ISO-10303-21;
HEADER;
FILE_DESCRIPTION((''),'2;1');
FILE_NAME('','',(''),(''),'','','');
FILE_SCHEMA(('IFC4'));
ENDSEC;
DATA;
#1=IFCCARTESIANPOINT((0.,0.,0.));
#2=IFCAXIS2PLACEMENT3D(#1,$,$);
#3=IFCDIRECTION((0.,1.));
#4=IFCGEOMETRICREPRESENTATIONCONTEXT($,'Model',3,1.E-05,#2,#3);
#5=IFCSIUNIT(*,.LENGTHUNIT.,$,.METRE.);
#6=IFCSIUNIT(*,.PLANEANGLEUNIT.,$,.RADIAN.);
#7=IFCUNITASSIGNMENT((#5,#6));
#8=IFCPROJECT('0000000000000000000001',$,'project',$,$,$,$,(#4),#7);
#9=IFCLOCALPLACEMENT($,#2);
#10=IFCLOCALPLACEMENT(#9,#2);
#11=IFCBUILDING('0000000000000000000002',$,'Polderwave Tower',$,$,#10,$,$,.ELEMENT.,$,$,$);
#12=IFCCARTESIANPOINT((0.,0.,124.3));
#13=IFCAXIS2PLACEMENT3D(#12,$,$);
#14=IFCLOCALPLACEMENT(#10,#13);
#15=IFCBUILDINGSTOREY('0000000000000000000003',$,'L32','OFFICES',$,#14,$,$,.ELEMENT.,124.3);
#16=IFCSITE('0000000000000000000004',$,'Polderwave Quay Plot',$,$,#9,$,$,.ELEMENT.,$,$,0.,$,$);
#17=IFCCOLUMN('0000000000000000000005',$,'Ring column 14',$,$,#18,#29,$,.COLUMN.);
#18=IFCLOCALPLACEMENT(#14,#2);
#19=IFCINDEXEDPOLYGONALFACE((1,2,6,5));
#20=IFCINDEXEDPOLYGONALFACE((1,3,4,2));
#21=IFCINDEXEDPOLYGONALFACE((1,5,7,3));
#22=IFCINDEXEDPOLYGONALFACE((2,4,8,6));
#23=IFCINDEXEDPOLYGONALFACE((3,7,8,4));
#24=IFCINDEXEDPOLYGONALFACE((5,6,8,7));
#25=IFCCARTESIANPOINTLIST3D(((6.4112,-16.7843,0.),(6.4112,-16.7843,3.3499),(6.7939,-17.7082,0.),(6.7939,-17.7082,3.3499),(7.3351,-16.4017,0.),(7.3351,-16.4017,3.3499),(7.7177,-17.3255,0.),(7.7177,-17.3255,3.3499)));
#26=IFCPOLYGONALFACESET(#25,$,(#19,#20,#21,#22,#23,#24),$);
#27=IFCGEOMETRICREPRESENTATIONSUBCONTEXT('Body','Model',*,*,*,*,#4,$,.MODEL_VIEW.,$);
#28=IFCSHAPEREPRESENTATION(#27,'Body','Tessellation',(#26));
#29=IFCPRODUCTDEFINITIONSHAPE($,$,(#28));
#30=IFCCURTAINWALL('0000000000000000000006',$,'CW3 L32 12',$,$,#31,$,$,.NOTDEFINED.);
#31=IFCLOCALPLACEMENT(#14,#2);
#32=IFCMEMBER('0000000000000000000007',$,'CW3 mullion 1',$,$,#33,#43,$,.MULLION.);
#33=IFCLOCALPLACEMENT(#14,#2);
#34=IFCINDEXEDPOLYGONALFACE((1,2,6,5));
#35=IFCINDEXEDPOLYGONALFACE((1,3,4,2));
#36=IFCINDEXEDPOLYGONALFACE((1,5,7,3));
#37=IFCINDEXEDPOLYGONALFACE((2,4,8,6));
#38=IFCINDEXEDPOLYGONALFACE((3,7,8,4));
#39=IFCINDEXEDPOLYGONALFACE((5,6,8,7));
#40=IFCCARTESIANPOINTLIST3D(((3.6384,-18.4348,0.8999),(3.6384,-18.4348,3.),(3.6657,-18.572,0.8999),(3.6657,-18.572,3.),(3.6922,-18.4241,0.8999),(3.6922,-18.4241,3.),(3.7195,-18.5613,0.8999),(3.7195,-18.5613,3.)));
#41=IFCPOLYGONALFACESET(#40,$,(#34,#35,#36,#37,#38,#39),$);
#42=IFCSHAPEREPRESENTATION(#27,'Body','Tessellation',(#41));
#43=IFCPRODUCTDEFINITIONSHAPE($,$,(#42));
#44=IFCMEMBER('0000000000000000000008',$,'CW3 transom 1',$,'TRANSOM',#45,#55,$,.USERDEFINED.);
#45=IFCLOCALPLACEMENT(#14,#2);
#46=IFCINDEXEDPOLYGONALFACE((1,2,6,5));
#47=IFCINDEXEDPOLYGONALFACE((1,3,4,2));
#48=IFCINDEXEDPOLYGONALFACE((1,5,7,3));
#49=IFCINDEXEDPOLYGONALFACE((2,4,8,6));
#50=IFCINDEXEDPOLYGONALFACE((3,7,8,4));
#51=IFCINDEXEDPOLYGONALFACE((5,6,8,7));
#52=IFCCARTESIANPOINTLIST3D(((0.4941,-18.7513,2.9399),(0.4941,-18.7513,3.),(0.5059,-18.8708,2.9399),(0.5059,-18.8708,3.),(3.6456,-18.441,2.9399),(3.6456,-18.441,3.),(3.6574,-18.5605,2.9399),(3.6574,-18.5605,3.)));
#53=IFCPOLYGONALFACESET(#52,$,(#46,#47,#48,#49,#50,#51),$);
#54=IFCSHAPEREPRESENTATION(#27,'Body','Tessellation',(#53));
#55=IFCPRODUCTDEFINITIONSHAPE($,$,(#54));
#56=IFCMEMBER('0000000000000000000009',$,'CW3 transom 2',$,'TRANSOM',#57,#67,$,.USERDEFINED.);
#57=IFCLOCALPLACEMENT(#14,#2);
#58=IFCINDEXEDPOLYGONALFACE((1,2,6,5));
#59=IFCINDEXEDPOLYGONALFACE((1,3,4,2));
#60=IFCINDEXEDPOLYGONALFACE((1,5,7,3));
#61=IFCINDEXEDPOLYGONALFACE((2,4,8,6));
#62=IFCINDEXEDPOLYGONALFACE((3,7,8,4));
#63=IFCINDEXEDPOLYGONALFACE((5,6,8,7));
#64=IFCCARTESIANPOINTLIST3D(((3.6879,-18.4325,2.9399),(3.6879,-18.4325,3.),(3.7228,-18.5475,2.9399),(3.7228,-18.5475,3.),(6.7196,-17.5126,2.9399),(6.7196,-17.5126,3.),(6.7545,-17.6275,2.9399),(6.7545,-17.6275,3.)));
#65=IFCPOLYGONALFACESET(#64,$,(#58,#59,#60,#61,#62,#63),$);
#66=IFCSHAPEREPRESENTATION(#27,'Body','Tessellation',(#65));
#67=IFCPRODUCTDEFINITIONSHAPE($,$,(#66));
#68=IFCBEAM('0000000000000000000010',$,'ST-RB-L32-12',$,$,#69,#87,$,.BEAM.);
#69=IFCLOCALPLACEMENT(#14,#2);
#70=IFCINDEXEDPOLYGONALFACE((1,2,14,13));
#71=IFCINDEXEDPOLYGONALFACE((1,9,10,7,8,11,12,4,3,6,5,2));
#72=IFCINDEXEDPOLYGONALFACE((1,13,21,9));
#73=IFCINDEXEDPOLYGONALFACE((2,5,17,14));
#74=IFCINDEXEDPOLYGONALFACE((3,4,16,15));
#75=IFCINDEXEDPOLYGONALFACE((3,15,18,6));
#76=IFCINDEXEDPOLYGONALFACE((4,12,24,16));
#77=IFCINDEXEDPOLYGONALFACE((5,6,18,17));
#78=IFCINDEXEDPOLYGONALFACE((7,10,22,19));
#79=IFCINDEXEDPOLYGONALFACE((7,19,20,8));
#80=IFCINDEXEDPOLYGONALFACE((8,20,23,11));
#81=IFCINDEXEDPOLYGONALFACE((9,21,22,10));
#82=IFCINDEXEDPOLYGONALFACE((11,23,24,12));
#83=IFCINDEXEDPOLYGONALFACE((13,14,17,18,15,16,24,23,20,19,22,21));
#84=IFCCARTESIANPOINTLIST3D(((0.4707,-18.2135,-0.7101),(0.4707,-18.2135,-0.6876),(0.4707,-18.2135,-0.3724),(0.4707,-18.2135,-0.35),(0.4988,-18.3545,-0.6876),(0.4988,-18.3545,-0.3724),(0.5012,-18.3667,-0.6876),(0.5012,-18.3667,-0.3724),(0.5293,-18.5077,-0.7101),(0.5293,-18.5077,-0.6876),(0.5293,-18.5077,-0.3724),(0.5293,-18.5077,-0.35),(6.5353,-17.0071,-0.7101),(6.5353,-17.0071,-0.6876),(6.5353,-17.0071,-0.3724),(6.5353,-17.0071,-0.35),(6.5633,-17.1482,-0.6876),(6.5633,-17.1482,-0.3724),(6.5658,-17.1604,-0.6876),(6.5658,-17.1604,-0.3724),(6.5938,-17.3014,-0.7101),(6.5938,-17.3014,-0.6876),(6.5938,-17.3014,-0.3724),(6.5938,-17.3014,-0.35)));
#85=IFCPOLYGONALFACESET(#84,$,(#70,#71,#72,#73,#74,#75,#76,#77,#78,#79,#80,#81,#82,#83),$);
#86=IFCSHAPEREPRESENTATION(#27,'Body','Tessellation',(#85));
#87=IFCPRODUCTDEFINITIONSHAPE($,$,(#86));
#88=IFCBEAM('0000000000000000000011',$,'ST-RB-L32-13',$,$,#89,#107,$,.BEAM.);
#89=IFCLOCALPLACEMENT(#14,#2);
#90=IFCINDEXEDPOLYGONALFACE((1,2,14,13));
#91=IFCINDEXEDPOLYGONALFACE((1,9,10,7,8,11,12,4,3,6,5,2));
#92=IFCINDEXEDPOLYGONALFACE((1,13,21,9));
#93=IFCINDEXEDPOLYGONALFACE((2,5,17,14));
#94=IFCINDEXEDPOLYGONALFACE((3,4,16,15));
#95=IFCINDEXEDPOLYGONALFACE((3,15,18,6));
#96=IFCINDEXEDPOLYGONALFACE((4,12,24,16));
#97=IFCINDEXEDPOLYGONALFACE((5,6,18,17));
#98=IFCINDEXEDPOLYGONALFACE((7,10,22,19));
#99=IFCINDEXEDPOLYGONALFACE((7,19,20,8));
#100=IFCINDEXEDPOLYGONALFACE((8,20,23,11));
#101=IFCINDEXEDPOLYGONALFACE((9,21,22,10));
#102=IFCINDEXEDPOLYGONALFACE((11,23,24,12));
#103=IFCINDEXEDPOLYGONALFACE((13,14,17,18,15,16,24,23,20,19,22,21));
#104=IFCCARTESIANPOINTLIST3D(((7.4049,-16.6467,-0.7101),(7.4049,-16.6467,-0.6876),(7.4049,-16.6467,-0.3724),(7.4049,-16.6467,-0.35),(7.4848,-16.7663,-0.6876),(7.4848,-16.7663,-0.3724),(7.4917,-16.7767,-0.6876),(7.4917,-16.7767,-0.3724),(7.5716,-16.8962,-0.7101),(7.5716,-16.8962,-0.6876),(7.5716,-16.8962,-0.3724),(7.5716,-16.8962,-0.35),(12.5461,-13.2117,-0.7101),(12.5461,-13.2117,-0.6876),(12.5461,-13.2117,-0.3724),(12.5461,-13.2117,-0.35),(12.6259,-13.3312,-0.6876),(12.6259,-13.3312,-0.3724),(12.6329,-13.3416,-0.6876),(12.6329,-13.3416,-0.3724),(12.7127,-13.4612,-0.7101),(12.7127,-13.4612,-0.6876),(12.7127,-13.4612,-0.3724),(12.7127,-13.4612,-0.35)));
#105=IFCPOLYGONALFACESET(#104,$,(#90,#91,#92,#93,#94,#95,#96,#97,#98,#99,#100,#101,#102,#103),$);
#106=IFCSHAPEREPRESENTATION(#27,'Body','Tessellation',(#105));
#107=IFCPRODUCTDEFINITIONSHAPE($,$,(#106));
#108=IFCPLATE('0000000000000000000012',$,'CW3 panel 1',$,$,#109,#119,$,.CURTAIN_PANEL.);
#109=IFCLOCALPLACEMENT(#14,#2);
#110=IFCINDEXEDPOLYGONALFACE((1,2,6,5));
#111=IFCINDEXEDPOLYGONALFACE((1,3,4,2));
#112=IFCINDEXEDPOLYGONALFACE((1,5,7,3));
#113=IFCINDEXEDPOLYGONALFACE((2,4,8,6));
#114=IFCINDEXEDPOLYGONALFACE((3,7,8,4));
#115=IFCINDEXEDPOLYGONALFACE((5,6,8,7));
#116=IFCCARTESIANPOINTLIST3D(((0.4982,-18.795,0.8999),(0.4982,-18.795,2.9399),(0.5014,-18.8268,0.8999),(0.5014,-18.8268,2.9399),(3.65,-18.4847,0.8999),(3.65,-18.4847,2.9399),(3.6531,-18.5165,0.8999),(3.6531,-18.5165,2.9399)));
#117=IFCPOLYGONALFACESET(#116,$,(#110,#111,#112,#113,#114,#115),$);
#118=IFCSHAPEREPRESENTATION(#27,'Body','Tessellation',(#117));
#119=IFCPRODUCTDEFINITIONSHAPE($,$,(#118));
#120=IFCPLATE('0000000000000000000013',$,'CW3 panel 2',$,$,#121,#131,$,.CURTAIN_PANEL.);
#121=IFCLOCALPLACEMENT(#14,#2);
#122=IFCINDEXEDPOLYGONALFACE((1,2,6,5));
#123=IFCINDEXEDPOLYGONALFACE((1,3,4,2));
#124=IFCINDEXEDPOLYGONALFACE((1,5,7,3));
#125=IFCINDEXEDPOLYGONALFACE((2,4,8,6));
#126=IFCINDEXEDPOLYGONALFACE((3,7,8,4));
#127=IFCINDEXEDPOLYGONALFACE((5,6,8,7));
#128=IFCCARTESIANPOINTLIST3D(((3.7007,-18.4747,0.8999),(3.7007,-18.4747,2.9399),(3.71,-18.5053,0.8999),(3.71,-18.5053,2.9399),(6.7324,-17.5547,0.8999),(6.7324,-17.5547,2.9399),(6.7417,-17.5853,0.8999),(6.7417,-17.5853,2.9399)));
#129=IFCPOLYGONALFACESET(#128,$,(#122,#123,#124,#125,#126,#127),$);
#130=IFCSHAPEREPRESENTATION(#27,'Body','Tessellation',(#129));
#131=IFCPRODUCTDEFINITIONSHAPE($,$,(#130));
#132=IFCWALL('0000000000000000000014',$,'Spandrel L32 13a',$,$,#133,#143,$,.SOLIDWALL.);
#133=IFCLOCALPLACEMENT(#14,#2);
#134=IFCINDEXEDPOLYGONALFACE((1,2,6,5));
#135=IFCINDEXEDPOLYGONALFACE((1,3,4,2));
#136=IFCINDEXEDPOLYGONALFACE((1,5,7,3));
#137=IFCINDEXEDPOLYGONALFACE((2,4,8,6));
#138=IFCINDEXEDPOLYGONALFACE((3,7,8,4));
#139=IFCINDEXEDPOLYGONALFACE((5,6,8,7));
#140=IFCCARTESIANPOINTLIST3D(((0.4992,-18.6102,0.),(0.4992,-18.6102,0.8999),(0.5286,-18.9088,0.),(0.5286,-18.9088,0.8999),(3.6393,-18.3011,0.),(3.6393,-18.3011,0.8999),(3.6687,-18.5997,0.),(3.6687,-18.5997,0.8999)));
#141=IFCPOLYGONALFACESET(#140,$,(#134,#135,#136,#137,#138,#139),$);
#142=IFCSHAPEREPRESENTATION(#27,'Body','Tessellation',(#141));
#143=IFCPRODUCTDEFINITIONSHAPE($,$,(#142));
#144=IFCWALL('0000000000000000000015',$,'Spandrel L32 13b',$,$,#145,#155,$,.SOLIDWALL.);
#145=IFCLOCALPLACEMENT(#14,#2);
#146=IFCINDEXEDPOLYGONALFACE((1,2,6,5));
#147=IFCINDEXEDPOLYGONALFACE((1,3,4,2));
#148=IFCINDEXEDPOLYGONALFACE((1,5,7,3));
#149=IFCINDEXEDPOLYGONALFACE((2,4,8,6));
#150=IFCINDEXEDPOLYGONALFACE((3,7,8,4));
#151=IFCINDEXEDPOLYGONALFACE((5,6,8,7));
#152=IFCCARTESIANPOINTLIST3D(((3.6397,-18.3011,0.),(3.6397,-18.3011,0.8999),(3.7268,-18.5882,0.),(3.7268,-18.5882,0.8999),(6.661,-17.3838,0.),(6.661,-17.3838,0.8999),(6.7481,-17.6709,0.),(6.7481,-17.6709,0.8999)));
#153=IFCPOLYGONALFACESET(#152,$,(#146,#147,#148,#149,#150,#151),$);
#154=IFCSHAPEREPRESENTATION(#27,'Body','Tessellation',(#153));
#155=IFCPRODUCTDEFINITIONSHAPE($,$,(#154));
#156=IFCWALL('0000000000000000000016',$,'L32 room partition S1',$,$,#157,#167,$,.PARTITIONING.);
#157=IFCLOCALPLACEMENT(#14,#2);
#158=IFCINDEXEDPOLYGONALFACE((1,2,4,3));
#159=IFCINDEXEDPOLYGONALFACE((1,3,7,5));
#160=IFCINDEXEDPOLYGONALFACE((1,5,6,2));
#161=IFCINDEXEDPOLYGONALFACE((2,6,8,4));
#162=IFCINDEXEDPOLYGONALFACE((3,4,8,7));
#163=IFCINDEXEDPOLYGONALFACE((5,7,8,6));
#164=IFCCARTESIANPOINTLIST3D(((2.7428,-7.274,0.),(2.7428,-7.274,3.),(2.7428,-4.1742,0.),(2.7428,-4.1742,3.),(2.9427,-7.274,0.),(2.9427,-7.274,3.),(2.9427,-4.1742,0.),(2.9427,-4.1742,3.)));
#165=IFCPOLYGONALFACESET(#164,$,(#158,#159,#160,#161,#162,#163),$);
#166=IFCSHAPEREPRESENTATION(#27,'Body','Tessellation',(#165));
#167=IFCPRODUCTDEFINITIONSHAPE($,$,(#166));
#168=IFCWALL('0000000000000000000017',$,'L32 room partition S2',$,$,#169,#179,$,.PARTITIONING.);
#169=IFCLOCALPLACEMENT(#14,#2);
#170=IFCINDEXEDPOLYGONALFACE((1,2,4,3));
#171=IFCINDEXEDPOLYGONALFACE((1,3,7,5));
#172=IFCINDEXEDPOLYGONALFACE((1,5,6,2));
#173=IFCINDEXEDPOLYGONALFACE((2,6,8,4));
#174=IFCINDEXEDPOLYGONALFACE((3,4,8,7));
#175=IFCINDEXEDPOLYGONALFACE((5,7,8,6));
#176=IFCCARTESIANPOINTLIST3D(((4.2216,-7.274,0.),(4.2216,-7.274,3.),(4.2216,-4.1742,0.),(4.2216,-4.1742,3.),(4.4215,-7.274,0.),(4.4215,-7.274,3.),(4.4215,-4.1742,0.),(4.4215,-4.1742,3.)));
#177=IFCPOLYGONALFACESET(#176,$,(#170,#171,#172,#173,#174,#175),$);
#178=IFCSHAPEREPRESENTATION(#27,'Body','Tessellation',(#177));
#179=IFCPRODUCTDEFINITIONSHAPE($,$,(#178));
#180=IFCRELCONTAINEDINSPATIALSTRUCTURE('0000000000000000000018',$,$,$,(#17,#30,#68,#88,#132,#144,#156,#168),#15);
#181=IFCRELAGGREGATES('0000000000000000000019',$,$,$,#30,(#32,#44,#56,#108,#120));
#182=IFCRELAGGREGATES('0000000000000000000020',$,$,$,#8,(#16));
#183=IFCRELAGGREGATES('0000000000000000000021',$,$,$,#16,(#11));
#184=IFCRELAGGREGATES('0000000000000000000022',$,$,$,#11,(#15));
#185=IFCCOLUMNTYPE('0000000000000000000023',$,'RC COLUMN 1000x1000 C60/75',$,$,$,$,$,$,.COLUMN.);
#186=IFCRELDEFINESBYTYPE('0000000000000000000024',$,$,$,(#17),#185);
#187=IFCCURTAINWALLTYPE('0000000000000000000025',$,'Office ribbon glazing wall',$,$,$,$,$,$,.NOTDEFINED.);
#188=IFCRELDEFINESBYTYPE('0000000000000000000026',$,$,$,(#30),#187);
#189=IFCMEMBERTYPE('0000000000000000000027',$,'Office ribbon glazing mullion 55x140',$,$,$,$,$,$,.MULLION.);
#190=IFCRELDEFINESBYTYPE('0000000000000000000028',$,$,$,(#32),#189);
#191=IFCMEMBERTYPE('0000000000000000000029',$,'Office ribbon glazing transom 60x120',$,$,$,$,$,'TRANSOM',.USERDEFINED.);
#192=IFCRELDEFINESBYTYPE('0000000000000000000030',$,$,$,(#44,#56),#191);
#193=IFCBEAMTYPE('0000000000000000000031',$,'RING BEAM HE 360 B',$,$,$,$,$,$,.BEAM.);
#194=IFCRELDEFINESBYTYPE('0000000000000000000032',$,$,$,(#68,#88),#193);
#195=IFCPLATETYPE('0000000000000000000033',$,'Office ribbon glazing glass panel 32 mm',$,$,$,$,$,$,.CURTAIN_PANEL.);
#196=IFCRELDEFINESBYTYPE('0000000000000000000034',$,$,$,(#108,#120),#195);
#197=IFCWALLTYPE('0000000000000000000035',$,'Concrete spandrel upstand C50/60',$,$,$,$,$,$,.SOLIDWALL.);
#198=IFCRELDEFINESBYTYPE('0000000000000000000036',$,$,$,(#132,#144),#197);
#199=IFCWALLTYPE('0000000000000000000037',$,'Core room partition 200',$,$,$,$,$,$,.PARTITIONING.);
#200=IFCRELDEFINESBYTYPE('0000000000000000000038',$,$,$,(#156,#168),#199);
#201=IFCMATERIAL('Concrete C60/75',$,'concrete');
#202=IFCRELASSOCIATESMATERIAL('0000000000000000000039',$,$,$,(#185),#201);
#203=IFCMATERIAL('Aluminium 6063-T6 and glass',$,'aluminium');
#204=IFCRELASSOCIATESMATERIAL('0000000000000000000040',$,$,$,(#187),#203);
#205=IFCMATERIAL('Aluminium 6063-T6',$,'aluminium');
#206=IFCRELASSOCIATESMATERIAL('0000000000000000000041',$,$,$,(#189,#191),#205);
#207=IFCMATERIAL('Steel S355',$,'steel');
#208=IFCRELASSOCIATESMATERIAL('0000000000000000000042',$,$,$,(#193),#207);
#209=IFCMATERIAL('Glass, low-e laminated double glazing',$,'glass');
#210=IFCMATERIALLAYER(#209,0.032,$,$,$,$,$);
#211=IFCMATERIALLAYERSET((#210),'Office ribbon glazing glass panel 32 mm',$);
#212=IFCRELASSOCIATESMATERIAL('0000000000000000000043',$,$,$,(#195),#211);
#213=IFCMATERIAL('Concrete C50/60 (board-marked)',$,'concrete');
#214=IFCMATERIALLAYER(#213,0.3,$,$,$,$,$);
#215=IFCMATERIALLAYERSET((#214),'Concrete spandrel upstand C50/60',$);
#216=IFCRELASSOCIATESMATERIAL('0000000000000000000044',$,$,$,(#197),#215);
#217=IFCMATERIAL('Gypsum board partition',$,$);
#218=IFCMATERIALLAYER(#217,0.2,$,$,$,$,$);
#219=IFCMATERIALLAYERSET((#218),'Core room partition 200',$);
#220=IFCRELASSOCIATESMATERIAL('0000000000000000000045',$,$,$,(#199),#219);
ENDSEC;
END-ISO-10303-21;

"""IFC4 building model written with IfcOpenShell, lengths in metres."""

from ifc_helpers import new_model, si_unit, direction, frame, frame_2d, origin, origin_2d, place, context, subcontext, project, spatial, rectangle, i_section, extrude, material, layer, layer_set, material_profile, profile_set, type_object, element, aggregate, save


model = new_model("IFC4")

# Units and contexts
model_context = context("Model", 3, precision=1e-05, world=origin(), true_north=direction((0.0, 1.0)))
body_context = subcontext(model_context, "Body", "Model", "MODEL_VIEW")
ifc_project = project(units=[si_unit("LENGTHUNIT", "METRE"), si_unit("PLANEANGLEUNIT", "RADIAN")], contexts=[model_context])

# Site, building, storey
site_placement = place(None, origin())
site = spatial("IfcSite", under=ifc_project, at=site_placement, Name="Polderwave Quay Plot", CompositionType="ELEMENT", RefElevation=0.0)
building_placement = place(site_placement, origin())
building = spatial("IfcBuilding", under=site, at=building_placement, Name="Polderwave Tower", CompositionType="ELEMENT")
storey_placement = place(building_placement, frame((0.0, 0.0, 124.3)))
storey = spatial("IfcBuildingStorey", under=building, at=storey_placement, Name="L32", Description="OFFICES", CompositionType="ELEMENT", Elevation=124.3)

# Column
ifc_material_1 = material(Name="Concrete C60/75", Category="concrete")
ifc_material_profile_1 = material_profile(ifc_material_1, rectangle(XDim=1.0, YDim=1.0, at=origin_2d()), Name="RC 1000x1000")
ifc_profile_set_1 = profile_set([ifc_material_profile_1], Name="Concrete C60/75")
column_type = type_object("IfcColumnType", Name="RC COLUMN 1000x1000 C60/75", PredefinedType="COLUMN", material=ifc_profile_set_1)
column_placement = place(storey_placement, frame((7.0645, -17.0549, 0.0), z_axis=(0.0, 0.0, 1.0), x_axis=(0.382683, -0.92388, 0.0)))
element("IfcColumn", 1, at=column_placement, inside=storey, type_object=column_type, Name="Ring column 14", PredefinedType="COLUMN", context=body_context, shape_type="SweptSolid", body=[
    extrude(rectangle(XDim=1.0, YDim=1.0, at=origin_2d()), origin(), (0.0, 0.0, 1.0), 3.3499),
])

# Curtain wall, members
ifc_material_2 = material(Name="Aluminium 6063-T6 and glass", Category="aluminium")
curtain_wall_type = type_object("IfcCurtainWallType", Name="Office ribbon glazing wall", PredefinedType="NOTDEFINED", material=ifc_material_2)
curtain_wall_placement = place(storey_placement, origin())
curtain_wall = element("IfcCurtainWall", 2, at=curtain_wall_placement, inside=storey, type_object=curtain_wall_type, Name="CW3 L32 12", PredefinedType="NOTDEFINED")
ifc_material_3 = material(Name="Aluminium 6063-T6", Category="aluminium")
ifc_material_profile_2 = material_profile(ifc_material_3, rectangle(XDim=0.1399, YDim=0.0549, at=origin_2d()), Name="AL 55x140")
ifc_profile_set_2 = profile_set([ifc_material_profile_2], Name="Aluminium 6063-T6")
member_type_1 = type_object("IfcMemberType", Name="Office ribbon glazing mullion 55x140", PredefinedType="MULLION", material=ifc_profile_set_2)
member_1_placement = place(storey_placement, frame((3.679, -18.498, 0.8999), z_axis=(0.0, 0.0, 1.0), x_axis=(-0.195128, 0.980778, 0.0)))
member_1 = element("IfcMember", 3, at=member_1_placement, type_object=member_type_1, Name="CW3 mullion 1", PredefinedType="MULLION", context=body_context, shape_type="SweptSolid", body=[
    extrude(rectangle(XDim=0.1399, YDim=0.0549, at=origin_2d()), origin(), (0.0, 0.0, 1.0), 2.1001),
])
ifc_material_profile_3 = material_profile(ifc_material_3, rectangle(XDim=0.1201, YDim=0.0601, at=origin_2d()), Name="AL 60x120")
ifc_profile_set_3 = profile_set([ifc_material_profile_3], Name="Aluminium 6063-T6")
member_type_2 = type_object("IfcMemberType", Name="Office ribbon glazing transom 60x120", ElementType="TRANSOM", PredefinedType="USERDEFINED", material=ifc_profile_set_3)
member_2_placement = place(storey_placement, frame((0.5, -18.811, 2.97), z_axis=(0.995188, 0.097985, 0.0), x_axis=(-0.097985, 0.995188, 0.0)))
member_2 = element("IfcMember", 4, at=member_2_placement, type_object=member_type_2, Name="CW3 transom 1", ObjectType="TRANSOM", PredefinedType="USERDEFINED", context=body_context, shape_type="SweptSolid", body=[
    extrude(rectangle(XDim=0.1201, YDim=0.0601, at=origin_2d()), origin(), (0.0, 0.0, 1.0), 3.1667),
])
member_3_placement = place(storey_placement, frame((3.7053, -18.49, 2.97), z_axis=(0.956918, 0.290358, 0.0), x_axis=(-0.290358, 0.956918, 0.0)))
member_3 = element("IfcMember", 5, at=member_3_placement, type_object=member_type_2, Name="CW3 transom 2", ObjectType="TRANSOM", PredefinedType="USERDEFINED", context=body_context, shape_type="SweptSolid", body=[
    extrude(rectangle(XDim=0.1201, YDim=0.0601, at=origin_2d()), origin(), (0.0, 0.0, 1.0), 3.1682),
])

# Beams
ifc_material_4 = material(Name="Steel S355", Category="steel")
ifc_material_profile_4 = material_profile(ifc_material_4, i_section(OverallWidth=0.3, OverallDepth=0.3601, WebThickness=0.0125, FlangeThickness=0.0225, at=origin_2d()), Name="HE 360 B")
ifc_profile_set_4 = profile_set([ifc_material_profile_4], Name="Steel S355")
beam_type = type_object("IfcBeamType", Name="RING BEAM HE 360 B", PredefinedType="BEAM", material=ifc_profile_set_4)
beam_1_placement = place(storey_placement, frame((0.5, -18.3606, -0.53), z_axis=(0.980785, 0.195091, 0.0), x_axis=(-0.195091, 0.980785, 0.0)))
element("IfcBeam", 6, at=beam_1_placement, inside=storey, type_object=beam_type, Name="ST-RB-L32-12", PredefinedType="BEAM", context=body_context, shape_type="SweptSolid", body=[
    extrude(i_section(OverallWidth=0.3, OverallDepth=0.3601, WebThickness=0.0125, FlangeThickness=0.0225, at=origin_2d()), origin(), (0.0, 0.0, 1.0), 6.1833),
])
beam_2_placement = place(storey_placement, frame((7.4883, -16.7715, -0.53), z_axis=(0.831479, 0.555556, 0.0), x_axis=(-0.555556, 0.831479, 0.0)))
element("IfcBeam", 7, at=beam_2_placement, inside=storey, type_object=beam_type, Name="ST-RB-L32-13", PredefinedType="BEAM", context=body_context, shape_type="SweptSolid", body=[
    extrude(i_section(OverallWidth=0.3, OverallDepth=0.3601, WebThickness=0.0125, FlangeThickness=0.0225, at=origin_2d()), origin(), (0.0, 0.0, 1.0), 6.1831),
])

# Plates
ifc_material_5 = material(Name="Glass, low-e laminated double glazing", Category="glass")
ifc_layer_1 = layer(ifc_material_5, 0.032)
ifc_layer_set_1 = layer_set([ifc_layer_1], Name="Office ribbon glazing glass panel 32 mm")
plate_type = type_object("IfcPlateType", Name="Office ribbon glazing glass panel 32 mm", PredefinedType="CURTAIN_PANEL", material=ifc_layer_set_1)
plate_1_placement = place(storey_placement, frame((2.0757, -18.6558, 0.8999), z_axis=(0.0, 0.0, 1.0), x_axis=(0.995188, 0.097984, 0.0)))
plate_1 = element("IfcPlate", 8, at=plate_1_placement, type_object=plate_type, Name="CW3 panel 1", PredefinedType="CURTAIN_PANEL", context=body_context, shape_type="SweptSolid", body=[
    extrude(rectangle(XDim=3.167, YDim=0.032, at=origin_2d()), origin(), (0.0, 0.0, 1.0), 2.04),
])
plate_2_placement = place(storey_placement, frame((5.2212, -18.03, 0.8999), z_axis=(0.0, 0.0, 1.0), x_axis=(0.956908, 0.29039, 0.0)))
plate_2 = element("IfcPlate", 9, at=plate_2_placement, type_object=plate_type, Name="CW3 panel 2", PredefinedType="CURTAIN_PANEL", context=body_context, shape_type="SweptSolid", body=[
    extrude(rectangle(XDim=3.1682, YDim=0.032, at=origin_2d()), origin(), (0.0, 0.0, 1.0), 2.04),
])
aggregate(curtain_wall, [member_1, member_2, member_3, plate_1, plate_2])

# Walls
ifc_material_6 = material(Name="Concrete C50/60 (board-marked)", Category="concrete")
ifc_layer_2 = layer(ifc_material_6, 0.3)
ifc_layer_set_2 = layer_set([ifc_layer_2], Name="Concrete spandrel upstand C50/60")
wall_type_1 = type_object("IfcWallType", Name="Concrete spandrel upstand C50/60", PredefinedType="SOLIDWALL", material=ifc_layer_set_2)
wall_1_placement = place(storey_placement, frame((0.5139, -18.7595, 0.0), z_axis=(0.0, 0.0, 1.0), x_axis=(0.995191, 0.097956, 0.0)))
element("IfcWall", 10, at=wall_1_placement, inside=storey, type_object=wall_type_1, Name="Spandrel L32 13a", PredefinedType="SOLIDWALL", context=body_context, shape_type="SweptSolid", body=[
    extrude(rectangle(XDim=3.1553, YDim=0.3, at=frame_2d((1.5776, 0.0))), origin(), (0.0, 0.0, 1.0), 0.8999),
])
wall_2_placement = place(storey_placement, frame((3.6833, -18.4446, 0.0), z_axis=(0.0, 0.0, 1.0), x_axis=(0.956874, 0.290503, 0.0)))
element("IfcWall", 11, at=wall_2_placement, inside=storey, type_object=wall_type_1, Name="Spandrel L32 13b", PredefinedType="SOLIDWALL", context=body_context, shape_type="SweptSolid", body=[
    extrude(rectangle(XDim=3.1575, YDim=0.3, at=frame_2d((1.5786, 0.0))), origin(), (0.0, 0.0, 1.0), 0.8999),
])
ifc_material_7 = material(Name="Gypsum board partition")
ifc_layer_3 = layer(ifc_material_7, 0.2)
ifc_layer_set_3 = layer_set([ifc_layer_3], Name="Core room partition 200")
wall_type_2 = type_object("IfcWallType", Name="Core room partition 200", PredefinedType="PARTITIONING", material=ifc_layer_set_3)
for number, where, z_axis, x_axis, name in (
    (12, (2.8428, -7.2739, 0.0), (0.0, 0.0, 1.0), (0.0, 1.0, 0.0), "L32 room partition S1"),
    (13, (4.3215, -7.2739, 0.0), (0.0, 0.0, 1.0), (0.0, 1.0, 0.0), "L32 room partition S2"),
):
    element("IfcWall", number, at=place(storey_placement, frame(where, z_axis=z_axis, x_axis=x_axis)), inside=storey, type_object=wall_type_2, Name=name, PredefinedType="PARTITIONING", context=body_context, shape_type="SweptSolid", body=[
        extrude(rectangle(XDim=3.0999, YDim=0.2, at=frame_2d((1.5498, 0.0))), origin(), (0.0, 0.0, 1.0), 3.0),
    ])

save(model, "model.ifc")
